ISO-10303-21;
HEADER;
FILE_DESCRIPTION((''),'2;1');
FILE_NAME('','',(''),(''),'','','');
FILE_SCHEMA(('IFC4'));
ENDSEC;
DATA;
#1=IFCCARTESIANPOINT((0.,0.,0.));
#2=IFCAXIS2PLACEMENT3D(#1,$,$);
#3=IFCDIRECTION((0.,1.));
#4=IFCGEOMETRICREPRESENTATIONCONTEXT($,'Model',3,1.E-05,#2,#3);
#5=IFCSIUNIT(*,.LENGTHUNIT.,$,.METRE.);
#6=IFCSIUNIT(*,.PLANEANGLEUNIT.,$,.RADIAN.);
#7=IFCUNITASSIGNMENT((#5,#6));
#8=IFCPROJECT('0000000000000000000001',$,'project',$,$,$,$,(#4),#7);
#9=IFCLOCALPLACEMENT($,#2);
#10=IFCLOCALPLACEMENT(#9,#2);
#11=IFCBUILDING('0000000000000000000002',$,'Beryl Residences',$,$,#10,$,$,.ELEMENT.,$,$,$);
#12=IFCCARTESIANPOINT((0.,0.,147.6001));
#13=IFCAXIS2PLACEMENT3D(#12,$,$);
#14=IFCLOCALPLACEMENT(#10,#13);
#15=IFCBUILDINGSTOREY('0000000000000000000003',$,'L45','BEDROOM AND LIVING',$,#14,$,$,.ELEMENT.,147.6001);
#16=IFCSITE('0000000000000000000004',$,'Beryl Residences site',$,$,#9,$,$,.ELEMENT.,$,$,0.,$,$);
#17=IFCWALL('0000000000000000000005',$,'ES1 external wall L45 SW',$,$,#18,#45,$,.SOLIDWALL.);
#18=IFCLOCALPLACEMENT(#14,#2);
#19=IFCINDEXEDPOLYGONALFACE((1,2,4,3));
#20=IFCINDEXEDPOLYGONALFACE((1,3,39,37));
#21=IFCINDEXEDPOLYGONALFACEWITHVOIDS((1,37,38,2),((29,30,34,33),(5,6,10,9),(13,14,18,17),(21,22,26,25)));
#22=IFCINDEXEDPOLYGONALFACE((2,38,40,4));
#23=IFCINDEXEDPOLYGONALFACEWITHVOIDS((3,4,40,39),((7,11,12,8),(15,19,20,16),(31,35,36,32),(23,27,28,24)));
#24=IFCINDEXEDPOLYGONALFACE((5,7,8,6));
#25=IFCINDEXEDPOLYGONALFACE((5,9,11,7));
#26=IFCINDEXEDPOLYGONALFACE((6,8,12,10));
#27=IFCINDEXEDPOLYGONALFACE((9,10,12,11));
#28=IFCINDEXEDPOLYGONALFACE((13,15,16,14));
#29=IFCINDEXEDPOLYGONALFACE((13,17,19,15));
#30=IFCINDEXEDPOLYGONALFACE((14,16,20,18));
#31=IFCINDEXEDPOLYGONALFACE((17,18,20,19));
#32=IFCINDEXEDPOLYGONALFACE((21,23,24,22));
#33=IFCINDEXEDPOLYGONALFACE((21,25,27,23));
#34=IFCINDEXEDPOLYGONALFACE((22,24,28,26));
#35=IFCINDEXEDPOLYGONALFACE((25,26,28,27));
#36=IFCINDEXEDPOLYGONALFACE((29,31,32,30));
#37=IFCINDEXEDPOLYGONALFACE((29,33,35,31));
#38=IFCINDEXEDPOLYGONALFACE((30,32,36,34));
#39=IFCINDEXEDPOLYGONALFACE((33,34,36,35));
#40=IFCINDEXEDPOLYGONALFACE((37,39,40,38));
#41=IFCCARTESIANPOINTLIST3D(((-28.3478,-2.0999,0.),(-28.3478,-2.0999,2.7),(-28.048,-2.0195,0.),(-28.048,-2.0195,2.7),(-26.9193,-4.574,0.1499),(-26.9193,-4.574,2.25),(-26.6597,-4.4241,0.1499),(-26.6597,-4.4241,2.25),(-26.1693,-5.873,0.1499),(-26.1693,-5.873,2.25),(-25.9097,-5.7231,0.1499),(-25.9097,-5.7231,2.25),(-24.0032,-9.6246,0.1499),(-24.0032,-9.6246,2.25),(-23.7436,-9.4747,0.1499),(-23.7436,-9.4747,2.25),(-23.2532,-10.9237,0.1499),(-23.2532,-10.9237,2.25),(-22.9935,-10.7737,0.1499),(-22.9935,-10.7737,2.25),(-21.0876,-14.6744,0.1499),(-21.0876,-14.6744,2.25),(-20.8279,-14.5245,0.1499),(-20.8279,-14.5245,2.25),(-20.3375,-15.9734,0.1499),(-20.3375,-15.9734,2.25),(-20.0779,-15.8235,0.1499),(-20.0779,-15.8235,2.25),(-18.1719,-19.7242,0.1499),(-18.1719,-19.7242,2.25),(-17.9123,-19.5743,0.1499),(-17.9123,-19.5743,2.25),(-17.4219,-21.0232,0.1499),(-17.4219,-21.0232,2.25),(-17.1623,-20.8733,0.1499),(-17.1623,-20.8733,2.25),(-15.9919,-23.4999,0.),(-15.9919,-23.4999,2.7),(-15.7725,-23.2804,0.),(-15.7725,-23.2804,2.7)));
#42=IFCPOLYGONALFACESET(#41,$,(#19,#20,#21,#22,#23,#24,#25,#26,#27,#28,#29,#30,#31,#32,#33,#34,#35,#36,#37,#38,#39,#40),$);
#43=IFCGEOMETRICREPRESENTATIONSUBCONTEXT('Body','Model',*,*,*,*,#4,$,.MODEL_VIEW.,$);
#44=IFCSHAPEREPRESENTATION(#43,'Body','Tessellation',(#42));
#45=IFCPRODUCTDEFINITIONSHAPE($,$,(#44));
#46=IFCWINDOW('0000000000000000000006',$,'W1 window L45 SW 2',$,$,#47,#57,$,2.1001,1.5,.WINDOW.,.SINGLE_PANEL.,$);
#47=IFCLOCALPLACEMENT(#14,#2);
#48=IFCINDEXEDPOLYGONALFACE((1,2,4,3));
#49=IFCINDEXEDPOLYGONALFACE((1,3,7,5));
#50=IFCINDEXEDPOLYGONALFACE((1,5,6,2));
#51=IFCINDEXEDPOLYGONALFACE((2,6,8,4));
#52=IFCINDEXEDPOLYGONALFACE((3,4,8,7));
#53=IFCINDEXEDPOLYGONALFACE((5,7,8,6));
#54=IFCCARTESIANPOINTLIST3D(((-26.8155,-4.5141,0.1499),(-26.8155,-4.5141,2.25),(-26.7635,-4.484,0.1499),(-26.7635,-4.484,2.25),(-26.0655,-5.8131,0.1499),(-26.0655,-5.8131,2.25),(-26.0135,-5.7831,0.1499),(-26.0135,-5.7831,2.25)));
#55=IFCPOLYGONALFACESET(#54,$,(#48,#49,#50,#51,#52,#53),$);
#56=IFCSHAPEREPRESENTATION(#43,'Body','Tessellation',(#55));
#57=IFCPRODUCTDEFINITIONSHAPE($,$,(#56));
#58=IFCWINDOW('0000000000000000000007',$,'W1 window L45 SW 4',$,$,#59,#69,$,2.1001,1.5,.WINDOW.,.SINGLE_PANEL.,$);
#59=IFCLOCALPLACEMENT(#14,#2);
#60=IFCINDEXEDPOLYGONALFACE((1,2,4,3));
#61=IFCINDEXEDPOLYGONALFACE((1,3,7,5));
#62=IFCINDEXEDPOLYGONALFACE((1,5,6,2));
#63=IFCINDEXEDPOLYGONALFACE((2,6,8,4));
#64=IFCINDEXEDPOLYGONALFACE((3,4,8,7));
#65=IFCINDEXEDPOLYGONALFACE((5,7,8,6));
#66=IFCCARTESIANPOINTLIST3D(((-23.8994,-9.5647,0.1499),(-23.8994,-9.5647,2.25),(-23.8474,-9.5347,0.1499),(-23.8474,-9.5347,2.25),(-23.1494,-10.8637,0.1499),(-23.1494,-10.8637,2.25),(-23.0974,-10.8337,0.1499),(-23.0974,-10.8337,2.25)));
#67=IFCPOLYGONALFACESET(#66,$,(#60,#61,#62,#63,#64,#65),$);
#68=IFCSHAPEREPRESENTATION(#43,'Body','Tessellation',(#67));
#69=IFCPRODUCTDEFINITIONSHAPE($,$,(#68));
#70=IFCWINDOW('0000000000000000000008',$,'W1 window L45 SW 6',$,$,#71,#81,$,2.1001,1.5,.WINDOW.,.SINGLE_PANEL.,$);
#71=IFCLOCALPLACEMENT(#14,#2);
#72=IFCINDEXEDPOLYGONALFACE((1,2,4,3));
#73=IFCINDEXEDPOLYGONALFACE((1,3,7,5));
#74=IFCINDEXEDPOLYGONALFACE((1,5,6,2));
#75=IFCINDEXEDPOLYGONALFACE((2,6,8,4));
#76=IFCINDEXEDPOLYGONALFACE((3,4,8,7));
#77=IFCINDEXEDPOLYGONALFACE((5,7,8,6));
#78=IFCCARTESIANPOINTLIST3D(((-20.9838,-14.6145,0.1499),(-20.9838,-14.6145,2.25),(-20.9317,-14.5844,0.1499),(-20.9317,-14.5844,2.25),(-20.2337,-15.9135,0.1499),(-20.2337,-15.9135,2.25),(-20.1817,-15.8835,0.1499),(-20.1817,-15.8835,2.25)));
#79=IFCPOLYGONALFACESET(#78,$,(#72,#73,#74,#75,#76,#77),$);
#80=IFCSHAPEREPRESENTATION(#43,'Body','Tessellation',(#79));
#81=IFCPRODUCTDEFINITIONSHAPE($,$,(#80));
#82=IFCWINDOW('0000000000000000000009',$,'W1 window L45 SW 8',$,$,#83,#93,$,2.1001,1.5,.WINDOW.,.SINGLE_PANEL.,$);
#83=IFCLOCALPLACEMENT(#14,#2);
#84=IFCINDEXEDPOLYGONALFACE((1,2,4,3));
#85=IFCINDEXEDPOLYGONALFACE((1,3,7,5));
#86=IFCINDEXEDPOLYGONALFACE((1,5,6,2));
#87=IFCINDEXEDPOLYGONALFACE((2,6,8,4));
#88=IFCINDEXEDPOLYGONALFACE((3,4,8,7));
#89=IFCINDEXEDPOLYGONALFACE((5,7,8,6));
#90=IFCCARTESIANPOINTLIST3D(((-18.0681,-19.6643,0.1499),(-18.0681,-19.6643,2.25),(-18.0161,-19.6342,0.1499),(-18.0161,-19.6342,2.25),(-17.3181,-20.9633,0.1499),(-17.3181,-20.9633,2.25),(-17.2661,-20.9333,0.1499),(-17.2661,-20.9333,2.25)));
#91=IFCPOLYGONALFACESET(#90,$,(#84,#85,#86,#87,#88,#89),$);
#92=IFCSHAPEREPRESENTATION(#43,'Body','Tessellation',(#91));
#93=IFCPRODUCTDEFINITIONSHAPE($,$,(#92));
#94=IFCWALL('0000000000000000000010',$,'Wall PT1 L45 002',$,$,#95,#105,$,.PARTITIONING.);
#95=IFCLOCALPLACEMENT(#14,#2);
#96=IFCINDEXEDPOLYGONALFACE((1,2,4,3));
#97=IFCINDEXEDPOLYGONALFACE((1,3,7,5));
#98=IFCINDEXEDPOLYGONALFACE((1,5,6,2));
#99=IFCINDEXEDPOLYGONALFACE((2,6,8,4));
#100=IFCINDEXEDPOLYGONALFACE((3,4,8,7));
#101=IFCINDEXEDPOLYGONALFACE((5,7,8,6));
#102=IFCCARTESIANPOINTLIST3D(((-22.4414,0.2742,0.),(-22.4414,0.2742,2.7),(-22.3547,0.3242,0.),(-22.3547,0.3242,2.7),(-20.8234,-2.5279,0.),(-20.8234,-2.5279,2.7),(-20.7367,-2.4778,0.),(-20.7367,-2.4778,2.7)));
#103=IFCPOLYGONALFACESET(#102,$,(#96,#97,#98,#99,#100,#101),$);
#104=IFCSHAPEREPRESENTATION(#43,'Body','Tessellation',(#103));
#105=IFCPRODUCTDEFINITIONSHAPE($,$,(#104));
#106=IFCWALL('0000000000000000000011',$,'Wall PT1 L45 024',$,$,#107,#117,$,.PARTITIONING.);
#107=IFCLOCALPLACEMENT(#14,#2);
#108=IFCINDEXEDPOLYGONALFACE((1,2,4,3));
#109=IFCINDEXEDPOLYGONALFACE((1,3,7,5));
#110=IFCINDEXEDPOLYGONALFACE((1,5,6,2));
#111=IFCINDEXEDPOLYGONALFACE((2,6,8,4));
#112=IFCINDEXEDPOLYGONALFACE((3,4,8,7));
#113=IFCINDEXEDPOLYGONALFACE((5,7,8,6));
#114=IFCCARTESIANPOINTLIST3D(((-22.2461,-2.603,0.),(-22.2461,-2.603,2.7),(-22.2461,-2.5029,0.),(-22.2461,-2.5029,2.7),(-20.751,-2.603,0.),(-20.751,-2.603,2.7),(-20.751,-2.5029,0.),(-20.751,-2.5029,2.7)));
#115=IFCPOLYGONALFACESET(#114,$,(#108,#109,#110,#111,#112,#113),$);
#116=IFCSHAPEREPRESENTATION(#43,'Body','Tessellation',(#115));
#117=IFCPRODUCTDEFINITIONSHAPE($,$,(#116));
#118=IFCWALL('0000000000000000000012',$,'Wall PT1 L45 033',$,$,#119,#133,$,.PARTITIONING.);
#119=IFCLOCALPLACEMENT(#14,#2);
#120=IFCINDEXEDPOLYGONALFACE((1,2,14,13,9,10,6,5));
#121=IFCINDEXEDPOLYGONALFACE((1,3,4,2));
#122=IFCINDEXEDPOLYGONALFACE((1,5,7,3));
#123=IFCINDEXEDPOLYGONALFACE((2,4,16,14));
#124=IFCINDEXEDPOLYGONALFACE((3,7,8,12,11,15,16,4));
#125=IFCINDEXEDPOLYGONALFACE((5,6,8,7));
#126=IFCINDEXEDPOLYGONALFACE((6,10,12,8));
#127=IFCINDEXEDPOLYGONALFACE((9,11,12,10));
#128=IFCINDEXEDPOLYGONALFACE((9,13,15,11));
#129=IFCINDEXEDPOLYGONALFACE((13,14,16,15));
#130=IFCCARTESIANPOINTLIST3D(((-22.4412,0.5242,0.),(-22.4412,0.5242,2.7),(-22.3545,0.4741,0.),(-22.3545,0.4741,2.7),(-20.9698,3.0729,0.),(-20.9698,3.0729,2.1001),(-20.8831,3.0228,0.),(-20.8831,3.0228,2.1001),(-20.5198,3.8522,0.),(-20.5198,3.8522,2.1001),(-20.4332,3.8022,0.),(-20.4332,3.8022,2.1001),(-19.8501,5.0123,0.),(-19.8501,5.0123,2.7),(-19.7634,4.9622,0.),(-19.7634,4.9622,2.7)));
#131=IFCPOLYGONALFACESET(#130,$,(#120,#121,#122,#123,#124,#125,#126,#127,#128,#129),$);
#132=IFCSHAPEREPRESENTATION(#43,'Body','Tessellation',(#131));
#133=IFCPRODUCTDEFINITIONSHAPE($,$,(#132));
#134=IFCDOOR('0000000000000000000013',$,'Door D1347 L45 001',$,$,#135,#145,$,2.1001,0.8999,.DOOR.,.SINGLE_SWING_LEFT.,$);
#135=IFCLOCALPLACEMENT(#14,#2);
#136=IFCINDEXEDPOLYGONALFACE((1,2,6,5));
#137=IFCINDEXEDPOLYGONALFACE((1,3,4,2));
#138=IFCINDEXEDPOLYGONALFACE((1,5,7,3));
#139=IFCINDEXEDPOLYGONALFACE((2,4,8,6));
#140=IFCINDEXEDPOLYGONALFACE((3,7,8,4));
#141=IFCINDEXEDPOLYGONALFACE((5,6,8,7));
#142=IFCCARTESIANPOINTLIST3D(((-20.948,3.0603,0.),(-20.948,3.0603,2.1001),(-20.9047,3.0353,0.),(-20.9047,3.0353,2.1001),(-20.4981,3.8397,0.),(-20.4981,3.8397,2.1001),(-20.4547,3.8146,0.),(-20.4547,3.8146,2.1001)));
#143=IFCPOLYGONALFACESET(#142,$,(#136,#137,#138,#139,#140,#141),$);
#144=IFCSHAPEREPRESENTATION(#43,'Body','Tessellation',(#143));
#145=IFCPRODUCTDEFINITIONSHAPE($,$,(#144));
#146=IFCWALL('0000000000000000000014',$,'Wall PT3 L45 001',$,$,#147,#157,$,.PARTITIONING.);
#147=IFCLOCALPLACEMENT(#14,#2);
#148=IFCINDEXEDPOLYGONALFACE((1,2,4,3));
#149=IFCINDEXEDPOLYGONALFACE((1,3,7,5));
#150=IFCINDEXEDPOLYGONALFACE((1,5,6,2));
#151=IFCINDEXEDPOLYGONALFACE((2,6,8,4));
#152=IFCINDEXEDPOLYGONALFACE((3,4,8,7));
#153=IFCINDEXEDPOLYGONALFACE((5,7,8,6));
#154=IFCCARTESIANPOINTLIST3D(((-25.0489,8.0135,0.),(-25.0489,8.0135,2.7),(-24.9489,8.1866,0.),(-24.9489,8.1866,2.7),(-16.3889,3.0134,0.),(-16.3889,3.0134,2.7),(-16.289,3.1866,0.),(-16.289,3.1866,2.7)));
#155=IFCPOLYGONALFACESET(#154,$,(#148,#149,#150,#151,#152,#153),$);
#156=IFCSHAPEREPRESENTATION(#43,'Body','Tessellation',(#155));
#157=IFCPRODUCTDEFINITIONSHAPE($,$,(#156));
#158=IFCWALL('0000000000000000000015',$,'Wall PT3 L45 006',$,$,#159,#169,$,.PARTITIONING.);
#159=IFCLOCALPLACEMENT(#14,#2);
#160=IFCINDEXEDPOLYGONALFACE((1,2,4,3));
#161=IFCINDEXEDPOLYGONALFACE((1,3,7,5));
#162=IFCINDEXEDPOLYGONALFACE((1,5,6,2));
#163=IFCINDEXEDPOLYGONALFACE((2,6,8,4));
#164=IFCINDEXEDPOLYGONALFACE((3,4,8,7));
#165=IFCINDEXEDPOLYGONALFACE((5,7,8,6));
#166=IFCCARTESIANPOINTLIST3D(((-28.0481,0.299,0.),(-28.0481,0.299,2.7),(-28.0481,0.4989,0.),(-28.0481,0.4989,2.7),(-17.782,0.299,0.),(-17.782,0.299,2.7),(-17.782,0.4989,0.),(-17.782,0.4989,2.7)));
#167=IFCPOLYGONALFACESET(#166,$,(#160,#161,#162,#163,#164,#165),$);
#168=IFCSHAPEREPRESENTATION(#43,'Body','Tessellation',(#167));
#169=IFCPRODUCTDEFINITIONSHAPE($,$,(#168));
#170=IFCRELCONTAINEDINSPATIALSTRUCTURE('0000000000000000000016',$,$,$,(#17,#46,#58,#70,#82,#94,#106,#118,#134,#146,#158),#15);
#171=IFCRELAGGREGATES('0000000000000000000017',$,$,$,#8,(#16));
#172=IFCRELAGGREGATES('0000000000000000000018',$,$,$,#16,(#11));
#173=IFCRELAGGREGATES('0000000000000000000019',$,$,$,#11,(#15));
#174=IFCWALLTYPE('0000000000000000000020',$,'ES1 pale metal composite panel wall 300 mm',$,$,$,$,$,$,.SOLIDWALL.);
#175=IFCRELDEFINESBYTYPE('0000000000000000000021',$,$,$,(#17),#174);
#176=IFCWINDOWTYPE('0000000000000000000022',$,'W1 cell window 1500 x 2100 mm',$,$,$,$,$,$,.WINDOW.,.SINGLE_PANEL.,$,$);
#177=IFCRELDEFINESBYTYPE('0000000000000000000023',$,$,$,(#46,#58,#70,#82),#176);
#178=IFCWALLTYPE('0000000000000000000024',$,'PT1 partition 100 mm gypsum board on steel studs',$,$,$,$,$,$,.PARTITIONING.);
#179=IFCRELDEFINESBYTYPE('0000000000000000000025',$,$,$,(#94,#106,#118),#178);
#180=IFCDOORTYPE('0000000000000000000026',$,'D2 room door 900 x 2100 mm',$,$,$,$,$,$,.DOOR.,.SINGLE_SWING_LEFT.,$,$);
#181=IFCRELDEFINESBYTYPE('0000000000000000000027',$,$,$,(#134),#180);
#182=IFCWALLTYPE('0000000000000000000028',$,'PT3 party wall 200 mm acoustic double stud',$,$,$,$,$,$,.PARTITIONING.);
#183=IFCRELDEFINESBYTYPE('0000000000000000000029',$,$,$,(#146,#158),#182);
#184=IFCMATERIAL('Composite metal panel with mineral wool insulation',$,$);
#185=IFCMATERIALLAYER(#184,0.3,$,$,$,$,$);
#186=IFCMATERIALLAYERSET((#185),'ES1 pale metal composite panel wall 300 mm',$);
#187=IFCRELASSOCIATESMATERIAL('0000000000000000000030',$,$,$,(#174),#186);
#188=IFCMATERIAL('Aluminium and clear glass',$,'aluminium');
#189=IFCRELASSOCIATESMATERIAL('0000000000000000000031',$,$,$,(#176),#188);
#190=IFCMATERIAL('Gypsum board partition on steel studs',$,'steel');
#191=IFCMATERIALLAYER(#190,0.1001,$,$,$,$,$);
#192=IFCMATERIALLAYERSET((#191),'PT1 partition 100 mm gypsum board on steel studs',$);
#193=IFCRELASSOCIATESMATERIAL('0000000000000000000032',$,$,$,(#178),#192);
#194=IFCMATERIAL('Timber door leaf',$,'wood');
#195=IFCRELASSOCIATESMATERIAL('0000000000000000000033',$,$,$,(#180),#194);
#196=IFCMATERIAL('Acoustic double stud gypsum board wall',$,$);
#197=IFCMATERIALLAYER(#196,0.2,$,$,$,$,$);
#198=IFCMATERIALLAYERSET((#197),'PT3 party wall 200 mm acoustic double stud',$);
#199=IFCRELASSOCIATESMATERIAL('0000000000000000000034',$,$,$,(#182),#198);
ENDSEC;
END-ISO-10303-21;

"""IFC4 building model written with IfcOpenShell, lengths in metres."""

from ifc_helpers import new_model, si_unit, direction, frame, frame_2d, origin, place, context, subcontext, project, spatial, polyline, rectangle, outline, extrude, material, layer, layer_set, type_object, element, fill, save


model = new_model("IFC4")

# Units and contexts
model_context = context("Model", 3, precision=1e-05, world=origin(), true_north=direction((0.0, 1.0)))
body_context = subcontext(model_context, "Body", "Model", "MODEL_VIEW")
ifc_project = project(units=[si_unit("LENGTHUNIT", "METRE"), si_unit("PLANEANGLEUNIT", "RADIAN")], contexts=[model_context])

# Site, building, storey
site_placement = place(None, origin())
site = spatial("IfcSite", under=ifc_project, at=site_placement, Name="Beryl Residences site", CompositionType="ELEMENT", RefElevation=0.0)
building_placement = place(site_placement, origin())
building = spatial("IfcBuilding", under=site, at=building_placement, Name="Beryl Residences", CompositionType="ELEMENT")
storey_placement = place(building_placement, frame((0.0, 0.0, 147.6001)))
storey = spatial("IfcBuildingStorey", under=building, at=storey_placement, Name="L45", Description="BEDROOM AND LIVING", CompositionType="ELEMENT", Elevation=147.6001)

# Shared definitions
ifc_material_1 = material(Name="Composite metal panel with mineral wool insulation")
ifc_layer_1 = layer(ifc_material_1, 0.3)
ifc_layer_set_1 = layer_set([ifc_layer_1], Name="ES1 pale metal composite panel wall 300 mm")
wall_type_1 = type_object("IfcWallType", Name="ES1 pale metal composite panel wall 300 mm", PredefinedType="SOLIDWALL", material=ifc_layer_set_1)

# Wall, openings, windows
wall_1_placement = place(storey_placement, frame((-28.218, -2.0249, 0.0), z_axis=(0.0, 0.0, 1.0), x_axis=(0.500018, -0.866015, 0.0)))
wall_1 = element("IfcWall", 1, at=wall_1_placement, inside=storey, type_object=wall_type_1, Name="ES1 external wall L45 SW", PredefinedType="SOLIDWALL", context=body_context, shape_type="SweptSolid", body=[
    extrude(outline(polyline([(0.0, -0.1499), (24.7109, -0.1499), (24.6306, 0.1499), (0.0803, 0.1499), (0.0, -0.1499)])), origin(), (0.0, 0.0, 1.0), 2.7),
])
opening_1_placement = place(wall_1_placement, frame((2.8569, 0.0, 0.1499)))
opening_1 = element("IfcOpeningElement", 2, at=opening_1_placement, cuts=wall_1, PredefinedType="OPENING", context=body_context, shape_type="SweptSolid", body=[
    extrude(rectangle(XDim=1.5, YDim=2.1001, at=frame_2d((0.75, 1.05))), frame((0.0, 0.1599, 0.0), z_axis=(0.0, -1.0, 0.0), x_axis=(1.0, 0.0, 0.0)), (0.0, 0.0, 1.0), 0.3201),
])
opening_2_placement = place(wall_1_placement, frame((8.689, 0.0, 0.1499)))
opening_2 = element("IfcOpeningElement", 3, at=opening_2_placement, cuts=wall_1, PredefinedType="OPENING", context=body_context, shape_type="SweptSolid", body=[
    extrude(rectangle(XDim=1.5, YDim=2.1001, at=frame_2d((0.75, 1.05))), frame((0.0, 0.1599, 0.0), z_axis=(0.0, -1.0, 0.0), x_axis=(1.0, 0.0, 0.0)), (0.0, 0.0, 1.0), 0.3201),
])
opening_3_placement = place(wall_1_placement, frame((14.52, 0.0, 0.1499)))
opening_3 = element("IfcOpeningElement", 4, at=opening_3_placement, cuts=wall_1, PredefinedType="OPENING", context=body_context, shape_type="SweptSolid", body=[
    extrude(rectangle(XDim=1.5, YDim=2.1001, at=frame_2d((0.75, 1.05))), frame((0.0, 0.1599, 0.0), z_axis=(0.0, -1.0, 0.0), x_axis=(1.0, 0.0, 0.0)), (0.0, 0.0, 1.0), 0.3201),
])
opening_4_placement = place(wall_1_placement, frame((20.3511, 0.0, 0.1499)))
opening_4 = element("IfcOpeningElement", 5, at=opening_4_placement, cuts=wall_1, PredefinedType="OPENING", context=body_context, shape_type="SweptSolid", body=[
    extrude(rectangle(XDim=1.5, YDim=2.1001, at=frame_2d((0.75, 1.05))), frame((0.0, 0.1599, 0.0), z_axis=(0.0, -1.0, 0.0), x_axis=(1.0, 0.0, 0.0)), (0.0, 0.0, 1.0), 0.3201),
])
ifc_material_2 = material(Name="Aluminium and clear glass", Category="aluminium")
window_type_1 = type_object("IfcWindowType", Name="W1 cell window 1500 x 2100 mm", PartitioningType="SINGLE_PANEL", PredefinedType="WINDOW", material=ifc_material_2)
window_1_placement = place(opening_1_placement, origin())
window_1 = element("IfcWindow", 6, at=window_1_placement, inside=storey, type_object=window_type_1, Name="W1 window L45 SW 2", OverallHeight=2.1001, OverallWidth=1.5, PartitioningType="SINGLE_PANEL", PredefinedType="WINDOW", context=body_context, shape_type="SweptSolid", body=[
    extrude(rectangle(XDim=1.5, YDim=2.1001, at=frame_2d((0.75, 1.05))), frame((0.0, 0.03, 0.0), z_axis=(0.0, -1.0, 0.0), x_axis=(1.0, 0.0, 0.0)), (0.0, 0.0, 1.0), 0.0601),
])
fill(opening_1, window_1)
window_2_placement = place(opening_2_placement, origin())
window_2 = element("IfcWindow", 7, at=window_2_placement, inside=storey, type_object=window_type_1, Name="W1 window L45 SW 4", OverallHeight=2.1001, OverallWidth=1.5, PartitioningType="SINGLE_PANEL", PredefinedType="WINDOW", context=body_context, shape_type="SweptSolid", body=[
    extrude(rectangle(XDim=1.5, YDim=2.1001, at=frame_2d((0.75, 1.05))), frame((0.0, 0.03, 0.0), z_axis=(0.0, -1.0, 0.0), x_axis=(1.0, 0.0, 0.0)), (0.0, 0.0, 1.0), 0.0601),
])
fill(opening_2, window_2)
window_3_placement = place(opening_3_placement, origin())
window_3 = element("IfcWindow", 8, at=window_3_placement, inside=storey, type_object=window_type_1, Name="W1 window L45 SW 6", OverallHeight=2.1001, OverallWidth=1.5, PartitioningType="SINGLE_PANEL", PredefinedType="WINDOW", context=body_context, shape_type="SweptSolid", body=[
    extrude(rectangle(XDim=1.5, YDim=2.1001, at=frame_2d((0.75, 1.05))), frame((0.0, 0.03, 0.0), z_axis=(0.0, -1.0, 0.0), x_axis=(1.0, 0.0, 0.0)), (0.0, 0.0, 1.0), 0.0601),
])
fill(opening_3, window_3)
window_4_placement = place(opening_4_placement, origin())
window_4 = element("IfcWindow", 9, at=window_4_placement, inside=storey, type_object=window_type_1, Name="W1 window L45 SW 8", OverallHeight=2.1001, OverallWidth=1.5, PartitioningType="SINGLE_PANEL", PredefinedType="WINDOW", context=body_context, shape_type="SweptSolid", body=[
    extrude(rectangle(XDim=1.5, YDim=2.1001, at=frame_2d((0.75, 1.05))), frame((0.0, 0.03, 0.0), z_axis=(0.0, -1.0, 0.0), x_axis=(1.0, 0.0, 0.0)), (0.0, 0.0, 1.0), 0.0601),
])
fill(opening_4, window_4)

# Walls
ifc_material_3 = material(Name="Gypsum board partition on steel studs", Category="steel")
ifc_layer_2 = layer(ifc_material_3, 0.1001)
ifc_layer_set_2 = layer_set([ifc_layer_2], Name="PT1 partition 100 mm gypsum board on steel studs")
wall_type_2 = type_object("IfcWallType", Name="PT1 partition 100 mm gypsum board on steel studs", PredefinedType="PARTITIONING", material=ifc_layer_set_2)
wall_2_placement = place(storey_placement, frame((-22.3979, 0.2991, 0.0), z_axis=(0.0, 0.0, 1.0), x_axis=(0.500042, -0.866001, 0.0)))
element("IfcWall", 10, at=wall_2_placement, inside=storey, type_object=wall_type_2, Name="Wall PT1 L45 002", PredefinedType="PARTITIONING", context=body_context, shape_type="SweptSolid", body=[
    extrude(rectangle(XDim=3.2356, YDim=0.1001, at=frame_2d((1.6177, 0.0))), origin(), (0.0, 0.0, 1.0), 2.7),
])
wall_3_placement = place(storey_placement, frame((-22.2461, -2.553, 0.0), z_axis=(0.0, 0.0, 1.0), x_axis=(1.0, 0.0, 0.0)))
element("IfcWall", 11, at=wall_3_placement, inside=storey, type_object=wall_type_2, Name="Wall PT1 L45 024", PredefinedType="PARTITIONING", context=body_context, shape_type="SweptSolid", body=[
    extrude(rectangle(XDim=1.4951, YDim=0.1001, at=frame_2d((0.7476, 0.0))), origin(), (0.0, 0.0, 1.0), 2.7),
])

# Wall, opening, door
wall_4_placement = place(storey_placement, frame((-22.3979, 0.499, 0.0), z_axis=(0.0, 0.0, 1.0), x_axis=(0.499985, 0.866034, 0.0)))
wall_4 = element("IfcWall", 12, at=wall_4_placement, inside=storey, type_object=wall_type_2, Name="Wall PT1 L45 033", PredefinedType="PARTITIONING", context=body_context, shape_type="SweptSolid", body=[
    extrude(rectangle(XDim=5.1824, YDim=0.1001, at=frame_2d((2.5913, 0.0))), origin(), (0.0, 0.0, 1.0), 2.7),
])
opening_5_placement = place(wall_4_placement, frame((2.9431, 0.0, 0.0)))
opening_5 = element("IfcOpeningElement", 13, at=opening_5_placement, cuts=wall_4, PredefinedType="OPENING", context=body_context, shape_type="SweptSolid", body=[
    extrude(rectangle(XDim=0.8999, YDim=2.1001, at=frame_2d((0.45, 1.05))), frame((0.0, 0.0601, 0.0), z_axis=(0.0, -1.0, 0.0), x_axis=(1.0, 0.0, 0.0)), (0.0, 0.0, 1.0), 0.1201),
])
ifc_material_4 = material(Name="Timber door leaf", Category="wood")
door_type = type_object("IfcDoorType", Name="D2 room door 900 x 2100 mm", OperationType="SINGLE_SWING_LEFT", PredefinedType="DOOR", material=ifc_material_4)
door_placement = place(opening_5_placement, origin())
door = element("IfcDoor", 14, at=door_placement, inside=storey, type_object=door_type, Name="Door D1347 L45 001", OperationType="SINGLE_SWING_LEFT", OverallHeight=2.1001, OverallWidth=0.8999, PredefinedType="DOOR", context=body_context, shape_type="SweptSolid", body=[
    extrude(rectangle(XDim=0.8999, YDim=2.1001, at=frame_2d((0.45, 1.05))), frame((0.0, 0.0249, 0.0), z_axis=(0.0, -1.0, 0.0), x_axis=(1.0, 0.0, 0.0)), (0.0, 0.0, 1.0), 0.05),
])
fill(opening_5, door)

# Walls
ifc_material_5 = material(Name="Acoustic double stud gypsum board wall")
ifc_layer_3 = layer(ifc_material_5, 0.2)
ifc_layer_set_3 = layer_set([ifc_layer_3], Name="PT3 party wall 200 mm acoustic double stud")
wall_type_3 = type_object("IfcWallType", Name="PT3 party wall 200 mm acoustic double stud", PredefinedType="PARTITIONING", material=ifc_layer_set_3)
wall_5_placement = place(storey_placement, frame((-24.999, 8.1001, 0.0), z_axis=(0.0, 0.0, 1.0), x_axis=(0.866017, -0.500015, 0.0)))
element("IfcWall", 15, at=wall_5_placement, inside=storey, type_object=wall_type_3, Name="Wall PT3 L45 001", PredefinedType="PARTITIONING", context=body_context, shape_type="SweptSolid", body=[
    extrude(rectangle(XDim=9.9998, YDim=0.2, at=frame_2d((5.0, 0.0))), origin(), (0.0, 0.0, 1.0), 2.7),
])
wall_6_placement = place(storey_placement, frame((-28.0481, 0.3989, 0.0), z_axis=(0.0, 0.0, 1.0), x_axis=(1.0, 0.0, 0.0)))
element("IfcWall", 16, at=wall_6_placement, inside=storey, type_object=wall_type_3, Name="Wall PT3 L45 006", PredefinedType="PARTITIONING", context=body_context, shape_type="SweptSolid", body=[
    extrude(rectangle(XDim=10.2661, YDim=0.2, at=frame_2d((5.1331, 0.0))), origin(), (0.0, 0.0, 1.0), 2.7),
])

save(model, "model.ifc")
